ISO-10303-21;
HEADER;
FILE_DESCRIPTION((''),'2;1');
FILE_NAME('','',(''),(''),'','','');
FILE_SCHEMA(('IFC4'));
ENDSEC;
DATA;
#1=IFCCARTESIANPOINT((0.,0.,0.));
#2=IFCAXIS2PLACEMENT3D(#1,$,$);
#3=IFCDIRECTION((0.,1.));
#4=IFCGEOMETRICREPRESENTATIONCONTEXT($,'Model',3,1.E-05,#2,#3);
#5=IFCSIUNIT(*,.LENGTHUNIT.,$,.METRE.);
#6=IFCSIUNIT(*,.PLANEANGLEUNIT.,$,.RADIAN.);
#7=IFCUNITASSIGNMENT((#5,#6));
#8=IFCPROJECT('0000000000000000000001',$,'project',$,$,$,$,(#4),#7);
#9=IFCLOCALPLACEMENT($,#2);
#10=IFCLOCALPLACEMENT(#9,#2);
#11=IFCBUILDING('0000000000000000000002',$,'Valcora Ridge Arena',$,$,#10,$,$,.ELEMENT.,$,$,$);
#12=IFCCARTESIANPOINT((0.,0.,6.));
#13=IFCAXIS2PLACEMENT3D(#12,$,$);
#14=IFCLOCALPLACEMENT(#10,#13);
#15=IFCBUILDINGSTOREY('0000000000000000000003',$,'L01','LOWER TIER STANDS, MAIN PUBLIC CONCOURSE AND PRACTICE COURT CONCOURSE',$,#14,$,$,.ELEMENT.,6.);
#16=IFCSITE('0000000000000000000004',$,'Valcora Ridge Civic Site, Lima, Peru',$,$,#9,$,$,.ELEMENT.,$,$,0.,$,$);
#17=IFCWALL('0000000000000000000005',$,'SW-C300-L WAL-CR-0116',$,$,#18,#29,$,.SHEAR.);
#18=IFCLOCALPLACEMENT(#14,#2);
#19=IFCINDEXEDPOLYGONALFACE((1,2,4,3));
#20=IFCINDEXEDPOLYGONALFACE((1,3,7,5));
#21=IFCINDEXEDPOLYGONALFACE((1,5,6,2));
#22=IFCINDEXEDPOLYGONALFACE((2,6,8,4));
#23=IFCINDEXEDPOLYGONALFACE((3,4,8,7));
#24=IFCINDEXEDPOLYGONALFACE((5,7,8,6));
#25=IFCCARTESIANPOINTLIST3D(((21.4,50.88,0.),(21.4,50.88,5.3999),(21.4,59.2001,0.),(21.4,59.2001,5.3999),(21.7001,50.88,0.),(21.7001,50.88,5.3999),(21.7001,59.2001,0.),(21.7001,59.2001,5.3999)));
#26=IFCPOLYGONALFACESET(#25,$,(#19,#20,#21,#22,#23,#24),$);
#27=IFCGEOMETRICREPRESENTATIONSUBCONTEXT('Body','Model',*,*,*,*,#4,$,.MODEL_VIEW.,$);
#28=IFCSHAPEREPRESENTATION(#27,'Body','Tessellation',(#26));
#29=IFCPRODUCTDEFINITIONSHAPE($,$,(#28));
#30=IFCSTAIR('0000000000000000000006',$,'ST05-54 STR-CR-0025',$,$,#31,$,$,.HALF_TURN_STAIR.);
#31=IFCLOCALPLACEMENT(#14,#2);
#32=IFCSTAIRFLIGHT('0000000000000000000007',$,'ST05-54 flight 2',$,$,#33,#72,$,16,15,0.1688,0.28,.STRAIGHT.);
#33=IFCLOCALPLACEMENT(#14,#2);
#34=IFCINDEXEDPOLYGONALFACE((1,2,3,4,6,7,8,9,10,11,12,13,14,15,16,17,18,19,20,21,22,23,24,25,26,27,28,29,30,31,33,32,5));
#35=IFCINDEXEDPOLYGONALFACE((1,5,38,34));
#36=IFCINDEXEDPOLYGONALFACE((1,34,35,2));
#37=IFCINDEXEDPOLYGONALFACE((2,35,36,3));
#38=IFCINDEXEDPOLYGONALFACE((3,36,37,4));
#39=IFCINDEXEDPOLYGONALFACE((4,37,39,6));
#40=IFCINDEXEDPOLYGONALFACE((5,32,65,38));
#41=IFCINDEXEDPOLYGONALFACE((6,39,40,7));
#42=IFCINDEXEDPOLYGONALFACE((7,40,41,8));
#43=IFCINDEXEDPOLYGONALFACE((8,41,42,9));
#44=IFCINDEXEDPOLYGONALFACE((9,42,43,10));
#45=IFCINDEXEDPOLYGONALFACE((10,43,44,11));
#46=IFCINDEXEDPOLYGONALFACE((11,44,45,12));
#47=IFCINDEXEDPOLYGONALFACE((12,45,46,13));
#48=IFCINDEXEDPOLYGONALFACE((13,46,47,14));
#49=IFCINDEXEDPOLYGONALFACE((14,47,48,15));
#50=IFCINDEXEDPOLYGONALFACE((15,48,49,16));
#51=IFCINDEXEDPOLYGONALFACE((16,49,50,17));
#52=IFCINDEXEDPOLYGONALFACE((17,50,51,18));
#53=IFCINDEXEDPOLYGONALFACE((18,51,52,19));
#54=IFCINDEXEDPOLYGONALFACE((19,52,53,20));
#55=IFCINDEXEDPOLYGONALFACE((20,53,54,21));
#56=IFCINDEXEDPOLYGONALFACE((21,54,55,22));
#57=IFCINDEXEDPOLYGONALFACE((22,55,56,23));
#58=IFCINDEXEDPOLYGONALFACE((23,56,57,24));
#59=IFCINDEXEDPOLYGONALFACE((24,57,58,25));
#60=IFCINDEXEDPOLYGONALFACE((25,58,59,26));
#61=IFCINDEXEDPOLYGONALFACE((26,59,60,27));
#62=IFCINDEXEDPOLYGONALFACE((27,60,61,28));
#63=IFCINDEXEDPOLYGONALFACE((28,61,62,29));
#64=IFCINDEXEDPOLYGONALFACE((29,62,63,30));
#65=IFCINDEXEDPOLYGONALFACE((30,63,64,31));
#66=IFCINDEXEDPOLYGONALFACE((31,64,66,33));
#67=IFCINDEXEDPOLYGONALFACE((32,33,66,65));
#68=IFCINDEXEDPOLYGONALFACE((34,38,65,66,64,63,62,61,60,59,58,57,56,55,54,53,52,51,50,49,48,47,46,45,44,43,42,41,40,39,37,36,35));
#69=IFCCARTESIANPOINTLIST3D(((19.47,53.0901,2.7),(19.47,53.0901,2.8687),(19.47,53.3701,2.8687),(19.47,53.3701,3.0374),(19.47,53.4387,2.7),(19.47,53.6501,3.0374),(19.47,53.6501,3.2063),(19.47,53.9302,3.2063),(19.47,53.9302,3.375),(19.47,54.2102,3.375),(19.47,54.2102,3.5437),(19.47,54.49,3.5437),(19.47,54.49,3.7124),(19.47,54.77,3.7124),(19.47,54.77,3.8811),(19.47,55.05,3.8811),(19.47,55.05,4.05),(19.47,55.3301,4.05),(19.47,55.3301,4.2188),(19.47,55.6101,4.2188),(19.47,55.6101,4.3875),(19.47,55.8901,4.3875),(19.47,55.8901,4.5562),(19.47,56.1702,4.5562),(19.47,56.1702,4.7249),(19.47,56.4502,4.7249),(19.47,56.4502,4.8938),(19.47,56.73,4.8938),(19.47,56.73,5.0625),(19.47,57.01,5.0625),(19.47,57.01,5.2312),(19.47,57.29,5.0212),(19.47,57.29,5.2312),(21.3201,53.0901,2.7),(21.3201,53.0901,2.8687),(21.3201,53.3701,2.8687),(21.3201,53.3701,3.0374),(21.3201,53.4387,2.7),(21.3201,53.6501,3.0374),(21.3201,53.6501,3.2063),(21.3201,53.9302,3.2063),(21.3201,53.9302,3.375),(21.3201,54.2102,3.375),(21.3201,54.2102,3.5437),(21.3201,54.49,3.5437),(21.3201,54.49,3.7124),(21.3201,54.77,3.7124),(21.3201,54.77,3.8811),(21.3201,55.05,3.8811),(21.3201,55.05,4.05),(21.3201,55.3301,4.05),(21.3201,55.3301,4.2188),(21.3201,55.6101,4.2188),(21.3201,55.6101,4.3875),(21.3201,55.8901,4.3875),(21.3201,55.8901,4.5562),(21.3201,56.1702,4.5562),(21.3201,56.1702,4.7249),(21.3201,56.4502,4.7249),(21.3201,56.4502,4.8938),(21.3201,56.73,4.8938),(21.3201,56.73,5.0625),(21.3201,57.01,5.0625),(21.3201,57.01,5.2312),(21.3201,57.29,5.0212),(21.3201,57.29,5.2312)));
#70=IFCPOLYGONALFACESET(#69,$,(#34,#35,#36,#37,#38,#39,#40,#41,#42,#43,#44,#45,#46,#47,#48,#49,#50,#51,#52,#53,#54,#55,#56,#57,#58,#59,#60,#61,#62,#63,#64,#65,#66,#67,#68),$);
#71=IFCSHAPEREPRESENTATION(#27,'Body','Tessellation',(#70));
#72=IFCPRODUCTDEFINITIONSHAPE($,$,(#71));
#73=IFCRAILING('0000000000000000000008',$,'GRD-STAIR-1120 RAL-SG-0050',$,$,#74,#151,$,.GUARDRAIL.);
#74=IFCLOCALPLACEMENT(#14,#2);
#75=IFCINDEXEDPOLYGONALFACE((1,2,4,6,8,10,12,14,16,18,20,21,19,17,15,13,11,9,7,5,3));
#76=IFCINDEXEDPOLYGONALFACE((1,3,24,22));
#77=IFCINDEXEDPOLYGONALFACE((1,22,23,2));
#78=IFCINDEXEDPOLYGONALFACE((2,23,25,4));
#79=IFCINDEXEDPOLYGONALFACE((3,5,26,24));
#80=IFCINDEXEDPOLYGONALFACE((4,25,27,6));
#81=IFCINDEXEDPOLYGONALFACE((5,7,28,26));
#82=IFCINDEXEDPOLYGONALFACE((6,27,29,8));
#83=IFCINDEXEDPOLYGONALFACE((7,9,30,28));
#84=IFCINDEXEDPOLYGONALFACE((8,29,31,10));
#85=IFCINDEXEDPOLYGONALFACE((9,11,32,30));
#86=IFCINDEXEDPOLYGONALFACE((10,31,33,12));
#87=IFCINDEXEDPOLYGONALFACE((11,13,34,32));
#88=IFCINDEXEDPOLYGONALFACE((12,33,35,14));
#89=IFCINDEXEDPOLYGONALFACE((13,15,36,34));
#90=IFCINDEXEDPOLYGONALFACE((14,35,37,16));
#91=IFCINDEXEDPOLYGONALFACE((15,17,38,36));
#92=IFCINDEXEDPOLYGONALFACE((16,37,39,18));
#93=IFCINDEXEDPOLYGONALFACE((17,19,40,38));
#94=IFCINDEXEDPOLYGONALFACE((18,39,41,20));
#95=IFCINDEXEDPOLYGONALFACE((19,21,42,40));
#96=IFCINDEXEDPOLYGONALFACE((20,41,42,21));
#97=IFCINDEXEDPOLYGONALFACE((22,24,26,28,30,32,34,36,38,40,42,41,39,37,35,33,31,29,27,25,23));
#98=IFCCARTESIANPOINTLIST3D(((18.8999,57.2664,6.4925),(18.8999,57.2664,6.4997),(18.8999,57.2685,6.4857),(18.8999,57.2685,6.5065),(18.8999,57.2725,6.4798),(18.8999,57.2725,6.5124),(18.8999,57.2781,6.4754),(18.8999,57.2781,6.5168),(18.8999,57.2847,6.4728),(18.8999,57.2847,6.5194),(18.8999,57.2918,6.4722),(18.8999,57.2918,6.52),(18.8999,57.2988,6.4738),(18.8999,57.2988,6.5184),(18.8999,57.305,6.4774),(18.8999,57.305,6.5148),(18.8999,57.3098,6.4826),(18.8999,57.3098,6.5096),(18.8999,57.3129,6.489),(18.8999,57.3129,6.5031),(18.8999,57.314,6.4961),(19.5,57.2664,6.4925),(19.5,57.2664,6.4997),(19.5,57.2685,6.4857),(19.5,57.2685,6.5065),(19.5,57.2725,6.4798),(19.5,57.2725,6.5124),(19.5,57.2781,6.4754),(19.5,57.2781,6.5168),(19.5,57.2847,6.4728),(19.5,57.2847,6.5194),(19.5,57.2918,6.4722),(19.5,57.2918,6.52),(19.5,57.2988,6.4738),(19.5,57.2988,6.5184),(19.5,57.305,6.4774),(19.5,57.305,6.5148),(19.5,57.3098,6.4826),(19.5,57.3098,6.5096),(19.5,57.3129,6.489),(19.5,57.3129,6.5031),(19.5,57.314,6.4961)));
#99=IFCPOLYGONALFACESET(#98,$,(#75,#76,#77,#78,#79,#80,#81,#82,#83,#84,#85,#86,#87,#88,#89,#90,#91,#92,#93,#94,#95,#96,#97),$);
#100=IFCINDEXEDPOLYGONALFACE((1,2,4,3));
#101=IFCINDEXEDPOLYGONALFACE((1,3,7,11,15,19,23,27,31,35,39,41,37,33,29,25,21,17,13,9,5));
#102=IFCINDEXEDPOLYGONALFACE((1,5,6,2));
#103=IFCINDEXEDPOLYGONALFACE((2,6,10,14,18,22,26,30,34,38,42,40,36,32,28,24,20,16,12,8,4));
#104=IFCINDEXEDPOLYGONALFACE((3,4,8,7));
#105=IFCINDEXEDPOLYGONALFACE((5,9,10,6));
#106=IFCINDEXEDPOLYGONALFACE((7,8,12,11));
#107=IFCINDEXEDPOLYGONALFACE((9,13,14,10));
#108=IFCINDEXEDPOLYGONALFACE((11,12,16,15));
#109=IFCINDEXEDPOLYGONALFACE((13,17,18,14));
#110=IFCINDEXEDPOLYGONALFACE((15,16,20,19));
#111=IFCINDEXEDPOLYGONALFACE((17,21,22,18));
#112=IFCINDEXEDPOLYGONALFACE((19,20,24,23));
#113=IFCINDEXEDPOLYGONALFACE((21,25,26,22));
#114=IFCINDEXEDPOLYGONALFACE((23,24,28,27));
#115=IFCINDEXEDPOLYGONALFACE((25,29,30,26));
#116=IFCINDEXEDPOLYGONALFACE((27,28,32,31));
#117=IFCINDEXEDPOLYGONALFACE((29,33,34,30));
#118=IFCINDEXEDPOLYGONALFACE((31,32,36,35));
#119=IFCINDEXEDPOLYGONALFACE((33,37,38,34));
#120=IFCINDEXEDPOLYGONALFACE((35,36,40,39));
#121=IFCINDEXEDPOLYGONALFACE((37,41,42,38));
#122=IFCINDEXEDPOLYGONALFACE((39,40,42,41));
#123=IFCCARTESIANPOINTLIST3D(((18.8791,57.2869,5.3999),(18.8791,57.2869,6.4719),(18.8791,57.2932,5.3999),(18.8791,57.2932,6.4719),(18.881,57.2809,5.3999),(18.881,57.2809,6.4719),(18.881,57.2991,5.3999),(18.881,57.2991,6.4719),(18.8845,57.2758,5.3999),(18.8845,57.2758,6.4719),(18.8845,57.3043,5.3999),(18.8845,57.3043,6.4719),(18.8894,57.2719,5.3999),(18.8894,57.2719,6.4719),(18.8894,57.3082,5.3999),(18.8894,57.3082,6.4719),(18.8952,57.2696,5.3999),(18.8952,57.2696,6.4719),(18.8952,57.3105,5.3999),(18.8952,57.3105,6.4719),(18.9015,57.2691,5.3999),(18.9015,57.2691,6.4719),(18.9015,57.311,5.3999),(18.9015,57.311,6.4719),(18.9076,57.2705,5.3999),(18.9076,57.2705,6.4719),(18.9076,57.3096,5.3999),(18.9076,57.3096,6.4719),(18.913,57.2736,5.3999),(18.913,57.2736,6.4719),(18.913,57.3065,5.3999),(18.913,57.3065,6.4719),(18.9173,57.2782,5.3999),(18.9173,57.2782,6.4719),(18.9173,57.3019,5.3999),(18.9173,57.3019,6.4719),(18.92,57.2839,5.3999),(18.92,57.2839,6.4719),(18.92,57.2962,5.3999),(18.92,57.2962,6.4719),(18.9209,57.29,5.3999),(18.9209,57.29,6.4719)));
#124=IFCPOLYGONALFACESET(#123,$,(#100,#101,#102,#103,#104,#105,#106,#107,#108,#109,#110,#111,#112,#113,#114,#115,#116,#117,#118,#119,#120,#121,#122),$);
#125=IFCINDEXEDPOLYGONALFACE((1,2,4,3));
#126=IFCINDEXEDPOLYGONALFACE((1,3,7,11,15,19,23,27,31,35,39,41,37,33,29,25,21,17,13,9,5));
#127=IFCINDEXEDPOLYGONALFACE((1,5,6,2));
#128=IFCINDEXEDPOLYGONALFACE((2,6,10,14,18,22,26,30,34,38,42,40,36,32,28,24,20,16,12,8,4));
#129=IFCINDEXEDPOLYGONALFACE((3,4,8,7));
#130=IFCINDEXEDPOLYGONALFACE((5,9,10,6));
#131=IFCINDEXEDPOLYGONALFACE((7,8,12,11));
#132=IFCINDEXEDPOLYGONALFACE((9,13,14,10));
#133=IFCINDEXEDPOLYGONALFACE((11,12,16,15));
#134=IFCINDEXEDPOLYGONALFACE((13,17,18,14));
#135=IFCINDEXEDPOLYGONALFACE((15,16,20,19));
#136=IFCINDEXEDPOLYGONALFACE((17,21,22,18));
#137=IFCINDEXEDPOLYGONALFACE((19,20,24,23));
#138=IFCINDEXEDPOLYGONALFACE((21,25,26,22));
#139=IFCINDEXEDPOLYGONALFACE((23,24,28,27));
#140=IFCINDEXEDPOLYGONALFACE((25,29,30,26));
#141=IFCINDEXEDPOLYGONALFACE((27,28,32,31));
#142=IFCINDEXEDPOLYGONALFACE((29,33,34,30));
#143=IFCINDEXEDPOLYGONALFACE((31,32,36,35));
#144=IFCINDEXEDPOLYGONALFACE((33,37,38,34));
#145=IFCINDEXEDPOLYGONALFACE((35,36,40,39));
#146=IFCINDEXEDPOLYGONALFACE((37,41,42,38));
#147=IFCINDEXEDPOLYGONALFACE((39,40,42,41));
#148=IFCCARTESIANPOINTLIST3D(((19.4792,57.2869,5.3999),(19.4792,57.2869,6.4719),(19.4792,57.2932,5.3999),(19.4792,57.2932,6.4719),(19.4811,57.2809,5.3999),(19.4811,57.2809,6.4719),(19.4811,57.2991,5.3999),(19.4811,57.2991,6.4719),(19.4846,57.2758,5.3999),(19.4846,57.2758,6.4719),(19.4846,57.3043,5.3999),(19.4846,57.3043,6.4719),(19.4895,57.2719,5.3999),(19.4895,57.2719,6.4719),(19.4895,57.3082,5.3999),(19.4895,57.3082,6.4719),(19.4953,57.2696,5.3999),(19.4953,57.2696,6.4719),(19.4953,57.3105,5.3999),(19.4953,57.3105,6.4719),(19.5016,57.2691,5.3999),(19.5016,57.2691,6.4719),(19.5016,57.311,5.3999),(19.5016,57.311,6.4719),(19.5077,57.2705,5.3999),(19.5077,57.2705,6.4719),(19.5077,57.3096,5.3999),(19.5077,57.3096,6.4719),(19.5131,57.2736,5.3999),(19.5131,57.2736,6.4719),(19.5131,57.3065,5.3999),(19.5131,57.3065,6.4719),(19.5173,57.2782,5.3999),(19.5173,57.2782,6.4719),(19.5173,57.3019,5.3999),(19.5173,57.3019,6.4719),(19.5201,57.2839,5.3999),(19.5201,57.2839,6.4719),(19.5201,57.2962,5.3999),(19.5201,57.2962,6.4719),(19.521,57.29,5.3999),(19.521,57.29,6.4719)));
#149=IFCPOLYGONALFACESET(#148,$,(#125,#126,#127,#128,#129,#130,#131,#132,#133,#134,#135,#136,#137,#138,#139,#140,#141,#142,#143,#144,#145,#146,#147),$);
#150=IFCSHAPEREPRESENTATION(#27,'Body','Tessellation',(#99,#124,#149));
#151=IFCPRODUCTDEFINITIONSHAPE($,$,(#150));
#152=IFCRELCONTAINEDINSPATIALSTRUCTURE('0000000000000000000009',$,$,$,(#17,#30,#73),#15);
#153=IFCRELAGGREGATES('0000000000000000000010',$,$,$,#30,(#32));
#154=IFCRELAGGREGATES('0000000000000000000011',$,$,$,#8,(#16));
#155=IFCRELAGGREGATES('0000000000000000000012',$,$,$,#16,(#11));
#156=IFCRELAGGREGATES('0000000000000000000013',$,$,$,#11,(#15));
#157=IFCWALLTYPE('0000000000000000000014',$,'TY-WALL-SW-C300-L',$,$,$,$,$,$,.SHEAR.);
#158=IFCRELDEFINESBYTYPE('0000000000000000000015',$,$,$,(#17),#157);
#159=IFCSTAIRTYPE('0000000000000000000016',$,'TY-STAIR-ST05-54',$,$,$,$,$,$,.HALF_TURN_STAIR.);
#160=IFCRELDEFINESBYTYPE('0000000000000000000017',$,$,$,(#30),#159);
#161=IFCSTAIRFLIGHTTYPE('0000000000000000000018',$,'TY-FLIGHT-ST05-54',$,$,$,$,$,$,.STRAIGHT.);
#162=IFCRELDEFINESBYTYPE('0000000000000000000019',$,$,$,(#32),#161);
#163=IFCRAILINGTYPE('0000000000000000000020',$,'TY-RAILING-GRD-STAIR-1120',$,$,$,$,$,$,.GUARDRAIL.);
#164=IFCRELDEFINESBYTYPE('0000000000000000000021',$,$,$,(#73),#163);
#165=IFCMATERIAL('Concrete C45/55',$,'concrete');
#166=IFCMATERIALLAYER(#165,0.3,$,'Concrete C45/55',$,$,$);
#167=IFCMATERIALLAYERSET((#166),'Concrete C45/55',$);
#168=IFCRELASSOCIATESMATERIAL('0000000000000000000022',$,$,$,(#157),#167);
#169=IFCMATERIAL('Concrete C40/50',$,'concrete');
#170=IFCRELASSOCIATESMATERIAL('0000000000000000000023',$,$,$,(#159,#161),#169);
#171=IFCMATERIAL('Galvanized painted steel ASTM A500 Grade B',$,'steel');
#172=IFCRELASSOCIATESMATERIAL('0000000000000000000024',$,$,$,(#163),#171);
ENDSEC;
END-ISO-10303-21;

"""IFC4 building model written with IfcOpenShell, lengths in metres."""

from ifc_helpers import new_model, si_unit, direction, frame, frame_2d, origin, origin_2d, place, context, subcontext, project, spatial, polyline, rectangle, circle, outline, extrude, material, layer, layer_set, type_object, element, aggregate, save


model = new_model("IFC4")

# Units and contexts
model_context = context("Model", 3, precision=1e-05, world=origin(), true_north=direction((0.0, 1.0)))
body_context = subcontext(model_context, "Body", "Model", "MODEL_VIEW")
ifc_project = project(units=[si_unit("LENGTHUNIT", "METRE"), si_unit("PLANEANGLEUNIT", "RADIAN")], contexts=[model_context])

# Site, building, storey
site_placement = place(None, origin())
site = spatial("IfcSite", under=ifc_project, at=site_placement, Name="Valcora Ridge Civic Site, Lima, Peru", CompositionType="ELEMENT", RefElevation=0.0)
building_placement = place(site_placement, origin())
building = spatial("IfcBuilding", under=site, at=building_placement, Name="Valcora Ridge Arena", CompositionType="ELEMENT")
storey_placement = place(building_placement, frame((0.0, 0.0, 6.0)))
storey = spatial("IfcBuildingStorey", under=building, at=storey_placement, Name="L01", Description="LOWER TIER STANDS, MAIN PUBLIC CONCOURSE AND PRACTICE COURT CONCOURSE", CompositionType="ELEMENT", Elevation=6.0)

# Shared definitions
ifc_material_1 = material(Name="Concrete C40/50", Category="concrete")

# Shared definitions
ifc_material_2 = material(Name="Concrete C45/55", Category="concrete")

# Wall
ifc_layer_1 = layer(ifc_material_2, 0.3, Name="Concrete C45/55")
ifc_layer_set_1 = layer_set([ifc_layer_1], Name="Concrete C45/55")
wall_type_1 = type_object("IfcWallType", Name="TY-WALL-SW-C300-L", PredefinedType="SHEAR", material=ifc_layer_set_1)
wall_1_placement = place(storey_placement, frame((21.55, 50.8799, 0.0), z_axis=(0.0, 0.0, 1.0), x_axis=(0.0, 1.0, 0.0)))
element("IfcWall", 1, at=wall_1_placement, inside=storey, type_object=wall_type_1, Name="SW-C300-L WAL-CR-0116", PredefinedType="SHEAR", context=body_context, shape_type="SweptSolid", body=[
    extrude(rectangle(XDim=8.3201, YDim=0.3, at=frame_2d((4.1602, 0.0))), origin(), (0.0, 0.0, 1.0), 5.3999),
])

# Stair, stair flight
stair_type = type_object("IfcStairType", Name="TY-STAIR-ST05-54", PredefinedType="HALF_TURN_STAIR", material=ifc_material_1)
stair_placement = place(storey_placement, origin())
stair = element("IfcStair", 2, at=stair_placement, inside=storey, type_object=stair_type, Name="ST05-54 STR-CR-0025", PredefinedType="HALF_TURN_STAIR")
stair_flight_type = type_object("IfcStairFlightType", Name="TY-FLIGHT-ST05-54", PredefinedType="STRAIGHT", material=ifc_material_1)
stair_flight_placement = place(storey_placement, frame((20.395, 53.0901, 2.7), z_axis=(0.0, 0.0, 1.0), x_axis=(0.0, 1.0, 0.0)))
stair_flight = element("IfcStairFlight", 3, at=stair_flight_placement, type_object=stair_flight_type, Name="ST05-54 flight 2", NumberOfRisers=16, NumberOfTreads=15, PredefinedType="STRAIGHT", RiserHeight=0.1688, TreadLength=0.28, context=body_context, shape_type="SweptSolid", body=[
    extrude(outline(polyline([(0.0, 0.0), (0.0, 0.1687), (0.28, 0.1687), (0.28, 0.3374), (0.5601, 0.3374), (0.5601, 0.5063), (0.8401, 0.5063), (0.8401, 0.675), (1.1201, 0.675), (1.1201, 0.8438), (1.3999, 0.8438), (1.3999, 1.0125), (1.6799, 1.0125), (1.6799, 1.1812), (1.96, 1.1812), (1.96, 1.3501), (2.24, 1.3501), (2.24, 1.5188), (2.52, 1.5188), (2.52, 1.6875), (2.8, 1.6875), (2.8, 1.8562), (3.0801, 1.8562), (3.0801, 2.0249), (3.3601, 2.0249), (3.3601, 2.1938), (3.6399, 2.1938), (3.6399, 2.3625), (3.9199, 2.3625), (3.9199, 2.5312), (4.2, 2.5312), (4.2, 2.7), (4.2, 2.3213), (0.3486, 0.0), (0.0, 0.0)])), frame((0.0, 0.925, 0.0), z_axis=(0.0, -1.0, 0.0), x_axis=(1.0, 0.0, 0.0)), (0.0, 0.0, 1.0), 1.8501),
])
aggregate(stair, [stair_flight])

# Railing
ifc_material_3 = material(Name="Galvanized painted steel ASTM A500 Grade B", Category="steel")
railing_type_1 = type_object("IfcRailingType", Name="TY-RAILING-GRD-STAIR-1120", PredefinedType="GUARDRAIL", material=ifc_material_3)
railing_1_placement = place(storey_placement, frame((18.8999, 57.29, 5.3999)))
element("IfcRailing", 4, at=railing_1_placement, inside=storey, type_object=railing_type_1, Name="GRD-STAIR-1120 RAL-SG-0050", PredefinedType="GUARDRAIL", context=body_context, shape_type="SweptSolid", body=[
    extrude(circle(Radius=0.0239, at=origin_2d()), frame((0.0, 0.0, 1.0962), z_axis=(1.0, 0.0, 0.0), x_axis=(0.0, 1.0, 0.0)), (0.0, 0.0, 1.0), 0.6001),
    extrude(circle(Radius=0.021, at=origin_2d()), origin(), (0.0, 0.0, 1.0), 1.072),
    extrude(circle(Radius=0.021, at=origin_2d()), frame((0.6001, 0.0, 0.0)), (0.0, 0.0, 1.0), 1.072),
])

save(model, "model.ifc")
